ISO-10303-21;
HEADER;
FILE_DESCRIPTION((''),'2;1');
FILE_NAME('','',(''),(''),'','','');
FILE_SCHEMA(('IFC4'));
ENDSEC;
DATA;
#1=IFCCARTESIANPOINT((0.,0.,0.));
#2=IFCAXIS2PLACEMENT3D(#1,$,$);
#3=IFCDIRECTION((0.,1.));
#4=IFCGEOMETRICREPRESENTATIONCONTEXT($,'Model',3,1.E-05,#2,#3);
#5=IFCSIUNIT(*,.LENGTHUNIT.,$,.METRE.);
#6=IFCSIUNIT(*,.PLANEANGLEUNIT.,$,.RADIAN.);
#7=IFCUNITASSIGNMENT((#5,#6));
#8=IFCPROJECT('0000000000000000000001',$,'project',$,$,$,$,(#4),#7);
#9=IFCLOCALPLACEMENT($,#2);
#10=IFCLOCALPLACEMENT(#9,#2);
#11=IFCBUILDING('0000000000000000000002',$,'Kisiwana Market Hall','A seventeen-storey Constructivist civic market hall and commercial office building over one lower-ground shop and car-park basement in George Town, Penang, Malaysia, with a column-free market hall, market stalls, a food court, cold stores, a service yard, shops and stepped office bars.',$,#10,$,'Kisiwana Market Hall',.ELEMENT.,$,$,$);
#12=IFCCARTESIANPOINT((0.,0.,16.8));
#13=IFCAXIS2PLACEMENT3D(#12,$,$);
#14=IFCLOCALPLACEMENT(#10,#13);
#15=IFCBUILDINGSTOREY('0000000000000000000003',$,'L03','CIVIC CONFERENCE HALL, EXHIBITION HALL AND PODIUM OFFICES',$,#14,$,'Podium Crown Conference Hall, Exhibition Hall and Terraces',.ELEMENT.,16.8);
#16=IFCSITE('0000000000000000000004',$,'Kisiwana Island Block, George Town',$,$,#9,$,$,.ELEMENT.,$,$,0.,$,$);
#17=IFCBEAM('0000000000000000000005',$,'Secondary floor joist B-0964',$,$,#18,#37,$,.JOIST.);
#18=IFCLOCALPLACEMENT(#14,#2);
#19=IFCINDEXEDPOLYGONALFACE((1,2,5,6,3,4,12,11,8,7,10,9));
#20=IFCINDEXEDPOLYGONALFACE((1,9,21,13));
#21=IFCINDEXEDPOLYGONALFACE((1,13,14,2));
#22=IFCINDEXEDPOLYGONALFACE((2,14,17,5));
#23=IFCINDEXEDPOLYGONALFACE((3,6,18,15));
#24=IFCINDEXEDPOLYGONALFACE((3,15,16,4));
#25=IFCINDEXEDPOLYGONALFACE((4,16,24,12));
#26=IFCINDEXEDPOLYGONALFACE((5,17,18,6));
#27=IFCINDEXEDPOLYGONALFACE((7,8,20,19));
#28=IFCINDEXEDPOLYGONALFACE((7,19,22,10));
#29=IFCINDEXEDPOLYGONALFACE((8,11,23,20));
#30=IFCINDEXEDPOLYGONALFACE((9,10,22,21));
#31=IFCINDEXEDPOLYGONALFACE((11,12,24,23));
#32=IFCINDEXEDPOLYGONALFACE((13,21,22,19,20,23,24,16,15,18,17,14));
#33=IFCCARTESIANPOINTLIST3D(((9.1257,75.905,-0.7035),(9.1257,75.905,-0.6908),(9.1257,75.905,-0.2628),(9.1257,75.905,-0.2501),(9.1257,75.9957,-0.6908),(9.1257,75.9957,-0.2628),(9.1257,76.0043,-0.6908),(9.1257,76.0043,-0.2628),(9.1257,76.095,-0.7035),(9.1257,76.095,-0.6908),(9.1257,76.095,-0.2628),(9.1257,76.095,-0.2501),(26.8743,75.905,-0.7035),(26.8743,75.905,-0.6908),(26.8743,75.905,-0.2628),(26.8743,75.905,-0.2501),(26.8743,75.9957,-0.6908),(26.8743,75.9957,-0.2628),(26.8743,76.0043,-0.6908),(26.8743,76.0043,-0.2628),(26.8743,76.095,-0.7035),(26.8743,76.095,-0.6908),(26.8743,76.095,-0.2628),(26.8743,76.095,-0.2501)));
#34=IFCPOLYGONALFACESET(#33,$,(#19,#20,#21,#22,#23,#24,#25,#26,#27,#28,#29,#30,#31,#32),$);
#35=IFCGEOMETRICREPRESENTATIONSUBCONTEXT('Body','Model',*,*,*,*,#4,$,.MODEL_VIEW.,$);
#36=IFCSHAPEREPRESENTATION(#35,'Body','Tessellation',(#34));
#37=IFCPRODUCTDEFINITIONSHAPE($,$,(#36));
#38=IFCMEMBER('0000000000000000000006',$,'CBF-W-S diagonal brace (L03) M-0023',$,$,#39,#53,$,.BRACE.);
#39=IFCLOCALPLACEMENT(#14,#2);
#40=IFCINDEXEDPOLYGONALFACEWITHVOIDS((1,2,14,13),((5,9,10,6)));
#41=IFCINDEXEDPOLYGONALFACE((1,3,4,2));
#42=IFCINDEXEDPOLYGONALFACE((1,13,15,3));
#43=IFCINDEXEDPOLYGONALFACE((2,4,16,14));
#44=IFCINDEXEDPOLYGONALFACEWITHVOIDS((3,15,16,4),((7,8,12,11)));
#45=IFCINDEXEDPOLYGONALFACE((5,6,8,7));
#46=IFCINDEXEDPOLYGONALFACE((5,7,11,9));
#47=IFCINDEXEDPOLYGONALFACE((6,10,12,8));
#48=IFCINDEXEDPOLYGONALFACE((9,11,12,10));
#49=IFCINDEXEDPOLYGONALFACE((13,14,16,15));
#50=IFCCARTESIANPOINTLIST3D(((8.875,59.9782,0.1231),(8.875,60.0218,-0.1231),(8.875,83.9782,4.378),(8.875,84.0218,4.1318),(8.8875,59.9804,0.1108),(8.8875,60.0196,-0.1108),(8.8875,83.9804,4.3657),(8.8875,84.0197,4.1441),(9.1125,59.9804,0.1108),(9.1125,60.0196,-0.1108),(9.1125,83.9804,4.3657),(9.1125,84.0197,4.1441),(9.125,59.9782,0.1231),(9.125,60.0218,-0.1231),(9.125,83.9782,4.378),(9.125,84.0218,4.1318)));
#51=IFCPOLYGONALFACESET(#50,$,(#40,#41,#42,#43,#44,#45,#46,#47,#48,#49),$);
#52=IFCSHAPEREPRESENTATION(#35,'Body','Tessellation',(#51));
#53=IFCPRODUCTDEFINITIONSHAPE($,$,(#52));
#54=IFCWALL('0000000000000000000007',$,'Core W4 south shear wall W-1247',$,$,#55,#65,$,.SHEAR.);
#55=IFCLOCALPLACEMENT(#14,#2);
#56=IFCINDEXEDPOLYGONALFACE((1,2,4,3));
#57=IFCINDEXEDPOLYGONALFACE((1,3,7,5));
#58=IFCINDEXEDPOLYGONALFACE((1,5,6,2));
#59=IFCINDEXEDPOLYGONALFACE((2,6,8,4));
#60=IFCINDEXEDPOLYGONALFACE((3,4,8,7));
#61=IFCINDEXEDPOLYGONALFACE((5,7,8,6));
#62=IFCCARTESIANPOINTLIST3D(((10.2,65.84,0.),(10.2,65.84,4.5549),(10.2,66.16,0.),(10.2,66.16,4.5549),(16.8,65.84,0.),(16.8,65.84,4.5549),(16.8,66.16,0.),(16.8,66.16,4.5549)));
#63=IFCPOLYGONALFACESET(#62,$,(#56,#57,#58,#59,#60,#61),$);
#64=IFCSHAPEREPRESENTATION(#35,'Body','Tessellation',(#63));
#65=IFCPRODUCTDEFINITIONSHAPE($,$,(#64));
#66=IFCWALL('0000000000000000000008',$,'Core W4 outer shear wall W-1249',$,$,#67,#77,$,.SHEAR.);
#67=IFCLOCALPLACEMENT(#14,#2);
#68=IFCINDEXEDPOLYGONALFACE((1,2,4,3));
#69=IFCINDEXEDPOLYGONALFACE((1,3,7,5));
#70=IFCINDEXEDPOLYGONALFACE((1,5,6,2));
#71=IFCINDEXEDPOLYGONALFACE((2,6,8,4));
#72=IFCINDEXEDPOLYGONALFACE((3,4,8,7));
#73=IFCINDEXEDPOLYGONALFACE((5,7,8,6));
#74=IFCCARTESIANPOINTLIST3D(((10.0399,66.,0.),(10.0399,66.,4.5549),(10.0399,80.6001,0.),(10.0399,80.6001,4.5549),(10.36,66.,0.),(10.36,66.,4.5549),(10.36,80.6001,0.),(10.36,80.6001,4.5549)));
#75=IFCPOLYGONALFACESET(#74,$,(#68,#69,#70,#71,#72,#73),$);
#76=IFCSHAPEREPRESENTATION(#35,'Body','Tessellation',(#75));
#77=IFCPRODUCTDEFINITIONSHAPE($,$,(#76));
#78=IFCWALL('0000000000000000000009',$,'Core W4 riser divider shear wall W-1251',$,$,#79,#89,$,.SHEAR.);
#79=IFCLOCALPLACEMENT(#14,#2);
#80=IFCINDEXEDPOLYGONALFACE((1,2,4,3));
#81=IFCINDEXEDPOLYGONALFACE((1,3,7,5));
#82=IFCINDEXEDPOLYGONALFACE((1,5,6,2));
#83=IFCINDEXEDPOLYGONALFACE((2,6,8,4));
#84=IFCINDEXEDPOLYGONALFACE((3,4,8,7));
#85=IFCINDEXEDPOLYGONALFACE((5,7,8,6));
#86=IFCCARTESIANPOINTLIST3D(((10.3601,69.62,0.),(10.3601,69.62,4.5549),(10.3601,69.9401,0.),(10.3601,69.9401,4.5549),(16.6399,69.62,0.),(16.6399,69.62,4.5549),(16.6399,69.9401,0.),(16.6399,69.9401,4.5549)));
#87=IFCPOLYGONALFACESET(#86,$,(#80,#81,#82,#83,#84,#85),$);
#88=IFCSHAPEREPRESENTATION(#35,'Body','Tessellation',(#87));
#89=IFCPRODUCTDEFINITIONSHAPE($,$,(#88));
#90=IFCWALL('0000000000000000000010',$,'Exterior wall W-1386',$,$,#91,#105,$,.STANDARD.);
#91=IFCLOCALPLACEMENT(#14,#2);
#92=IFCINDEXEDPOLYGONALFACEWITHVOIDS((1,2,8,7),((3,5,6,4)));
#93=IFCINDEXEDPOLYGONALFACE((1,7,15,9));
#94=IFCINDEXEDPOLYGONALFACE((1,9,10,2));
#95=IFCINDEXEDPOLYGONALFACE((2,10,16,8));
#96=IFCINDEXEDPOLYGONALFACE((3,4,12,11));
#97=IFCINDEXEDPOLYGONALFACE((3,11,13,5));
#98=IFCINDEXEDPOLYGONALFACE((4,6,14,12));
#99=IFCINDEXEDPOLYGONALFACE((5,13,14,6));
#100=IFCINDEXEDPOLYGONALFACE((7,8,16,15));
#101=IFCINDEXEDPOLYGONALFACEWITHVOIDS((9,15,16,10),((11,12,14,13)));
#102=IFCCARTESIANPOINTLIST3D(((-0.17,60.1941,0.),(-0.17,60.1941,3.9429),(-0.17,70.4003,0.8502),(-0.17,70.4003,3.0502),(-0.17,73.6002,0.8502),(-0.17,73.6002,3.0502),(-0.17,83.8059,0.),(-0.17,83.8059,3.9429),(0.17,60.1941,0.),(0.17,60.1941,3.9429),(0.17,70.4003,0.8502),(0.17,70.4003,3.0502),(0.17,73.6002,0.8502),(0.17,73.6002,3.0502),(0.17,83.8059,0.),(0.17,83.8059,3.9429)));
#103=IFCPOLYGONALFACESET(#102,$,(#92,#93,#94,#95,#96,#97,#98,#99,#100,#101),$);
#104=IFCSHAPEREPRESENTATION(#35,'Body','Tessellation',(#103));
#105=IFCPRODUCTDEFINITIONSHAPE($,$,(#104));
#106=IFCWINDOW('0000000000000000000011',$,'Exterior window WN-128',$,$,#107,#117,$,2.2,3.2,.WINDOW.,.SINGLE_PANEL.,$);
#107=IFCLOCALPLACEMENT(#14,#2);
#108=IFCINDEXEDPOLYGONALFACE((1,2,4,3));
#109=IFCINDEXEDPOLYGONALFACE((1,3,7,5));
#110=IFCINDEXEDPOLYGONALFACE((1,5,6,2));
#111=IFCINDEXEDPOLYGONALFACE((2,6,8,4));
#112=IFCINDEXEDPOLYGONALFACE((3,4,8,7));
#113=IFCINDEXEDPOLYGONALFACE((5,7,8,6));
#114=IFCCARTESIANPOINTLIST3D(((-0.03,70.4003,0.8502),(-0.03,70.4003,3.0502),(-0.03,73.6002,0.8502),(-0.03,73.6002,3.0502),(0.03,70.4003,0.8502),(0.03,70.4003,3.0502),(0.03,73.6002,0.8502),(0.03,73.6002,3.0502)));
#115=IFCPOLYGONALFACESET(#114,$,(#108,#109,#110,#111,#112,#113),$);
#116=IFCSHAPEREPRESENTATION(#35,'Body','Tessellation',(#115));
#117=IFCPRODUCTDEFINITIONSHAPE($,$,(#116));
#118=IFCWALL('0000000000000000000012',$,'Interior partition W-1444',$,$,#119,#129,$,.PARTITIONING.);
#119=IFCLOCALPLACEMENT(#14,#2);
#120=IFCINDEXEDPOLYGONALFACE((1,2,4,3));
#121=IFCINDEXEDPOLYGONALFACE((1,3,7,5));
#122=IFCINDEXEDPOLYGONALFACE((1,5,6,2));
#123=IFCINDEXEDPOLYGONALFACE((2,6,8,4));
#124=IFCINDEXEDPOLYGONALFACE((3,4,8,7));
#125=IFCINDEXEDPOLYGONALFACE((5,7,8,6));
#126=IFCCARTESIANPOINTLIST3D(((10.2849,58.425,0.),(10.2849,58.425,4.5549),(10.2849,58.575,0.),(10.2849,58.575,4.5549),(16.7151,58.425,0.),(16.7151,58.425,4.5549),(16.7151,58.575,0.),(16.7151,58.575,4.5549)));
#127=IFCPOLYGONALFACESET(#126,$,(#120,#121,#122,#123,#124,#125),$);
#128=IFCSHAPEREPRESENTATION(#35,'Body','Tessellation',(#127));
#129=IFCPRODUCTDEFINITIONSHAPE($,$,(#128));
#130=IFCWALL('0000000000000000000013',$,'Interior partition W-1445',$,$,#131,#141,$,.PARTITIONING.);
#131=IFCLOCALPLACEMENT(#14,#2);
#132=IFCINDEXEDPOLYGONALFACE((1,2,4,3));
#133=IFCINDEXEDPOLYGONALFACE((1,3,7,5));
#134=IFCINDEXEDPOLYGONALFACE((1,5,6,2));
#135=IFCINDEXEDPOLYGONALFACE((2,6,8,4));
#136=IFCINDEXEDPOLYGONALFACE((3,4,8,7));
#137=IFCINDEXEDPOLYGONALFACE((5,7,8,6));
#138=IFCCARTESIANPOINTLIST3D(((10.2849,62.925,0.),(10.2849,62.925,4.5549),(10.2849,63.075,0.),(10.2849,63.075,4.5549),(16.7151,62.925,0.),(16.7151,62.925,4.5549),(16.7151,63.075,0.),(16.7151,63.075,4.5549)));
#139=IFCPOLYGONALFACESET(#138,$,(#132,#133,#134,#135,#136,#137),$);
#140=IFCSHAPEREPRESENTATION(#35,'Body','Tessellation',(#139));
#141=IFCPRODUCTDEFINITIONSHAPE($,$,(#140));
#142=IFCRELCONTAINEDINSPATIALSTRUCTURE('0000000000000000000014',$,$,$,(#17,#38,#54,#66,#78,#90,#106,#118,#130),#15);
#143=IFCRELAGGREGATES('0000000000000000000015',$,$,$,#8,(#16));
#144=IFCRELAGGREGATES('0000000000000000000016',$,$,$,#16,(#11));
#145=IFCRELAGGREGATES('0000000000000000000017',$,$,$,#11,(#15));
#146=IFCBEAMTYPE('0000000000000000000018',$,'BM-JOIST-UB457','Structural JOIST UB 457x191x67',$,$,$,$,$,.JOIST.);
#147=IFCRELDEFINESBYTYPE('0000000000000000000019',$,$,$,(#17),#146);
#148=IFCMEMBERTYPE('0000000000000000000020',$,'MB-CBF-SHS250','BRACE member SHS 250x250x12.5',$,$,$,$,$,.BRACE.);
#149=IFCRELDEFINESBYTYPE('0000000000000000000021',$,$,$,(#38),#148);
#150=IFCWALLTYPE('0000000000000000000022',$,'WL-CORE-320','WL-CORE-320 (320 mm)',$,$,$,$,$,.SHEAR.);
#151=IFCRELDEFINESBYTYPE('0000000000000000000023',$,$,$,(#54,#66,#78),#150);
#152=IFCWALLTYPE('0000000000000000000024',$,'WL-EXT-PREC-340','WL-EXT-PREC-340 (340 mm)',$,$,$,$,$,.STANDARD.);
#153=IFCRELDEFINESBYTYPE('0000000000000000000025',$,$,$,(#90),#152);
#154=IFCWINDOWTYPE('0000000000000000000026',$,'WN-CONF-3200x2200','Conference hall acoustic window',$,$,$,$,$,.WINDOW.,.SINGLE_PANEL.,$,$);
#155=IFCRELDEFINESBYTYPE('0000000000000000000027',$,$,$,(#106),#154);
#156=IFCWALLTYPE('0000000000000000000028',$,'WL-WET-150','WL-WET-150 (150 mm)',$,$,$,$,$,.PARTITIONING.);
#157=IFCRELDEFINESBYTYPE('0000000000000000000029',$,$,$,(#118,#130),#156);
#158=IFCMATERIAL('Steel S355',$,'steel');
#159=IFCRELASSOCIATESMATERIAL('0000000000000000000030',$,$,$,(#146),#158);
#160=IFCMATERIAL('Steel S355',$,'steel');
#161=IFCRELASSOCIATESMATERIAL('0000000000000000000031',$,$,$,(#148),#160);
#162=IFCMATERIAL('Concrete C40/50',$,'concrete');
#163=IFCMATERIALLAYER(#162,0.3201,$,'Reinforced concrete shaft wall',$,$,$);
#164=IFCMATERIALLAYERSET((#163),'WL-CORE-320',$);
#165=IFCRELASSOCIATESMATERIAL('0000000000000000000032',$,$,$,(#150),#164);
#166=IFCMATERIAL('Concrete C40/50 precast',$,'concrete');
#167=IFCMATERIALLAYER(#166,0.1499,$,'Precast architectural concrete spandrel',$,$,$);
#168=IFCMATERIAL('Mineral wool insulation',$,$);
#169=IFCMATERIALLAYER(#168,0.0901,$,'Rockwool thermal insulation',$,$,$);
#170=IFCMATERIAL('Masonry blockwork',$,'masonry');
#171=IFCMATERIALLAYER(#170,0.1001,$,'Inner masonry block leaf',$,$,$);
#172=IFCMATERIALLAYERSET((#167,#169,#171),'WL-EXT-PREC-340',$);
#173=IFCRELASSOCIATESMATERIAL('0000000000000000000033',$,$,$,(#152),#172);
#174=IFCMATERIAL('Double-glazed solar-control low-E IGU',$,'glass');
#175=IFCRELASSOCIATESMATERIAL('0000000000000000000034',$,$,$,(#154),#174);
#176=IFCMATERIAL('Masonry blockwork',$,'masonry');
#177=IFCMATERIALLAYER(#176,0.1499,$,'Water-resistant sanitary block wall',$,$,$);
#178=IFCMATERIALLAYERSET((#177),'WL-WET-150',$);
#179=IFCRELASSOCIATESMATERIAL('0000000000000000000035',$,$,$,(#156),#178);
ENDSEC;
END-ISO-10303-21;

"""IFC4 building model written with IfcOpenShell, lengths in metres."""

from ifc_helpers import new_model, si_unit, direction, frame, frame_2d, origin, origin_2d, place, context, subcontext, project, spatial, rectangle, hollow_rectangle, i_section, extrude, material, layer, layer_set, material_profile, profile_set, type_object, element, fill, save


model = new_model("IFC4")

# Units and contexts
model_context = context("Model", 3, precision=1e-05, world=origin(), true_north=direction((0.0, 1.0)))
body_context = subcontext(model_context, "Body", "Model", "MODEL_VIEW")
ifc_project = project(units=[si_unit("LENGTHUNIT", "METRE"), si_unit("PLANEANGLEUNIT", "RADIAN")], contexts=[model_context])

# Site, building, storey
site_placement = place(None, origin())
site = spatial("IfcSite", under=ifc_project, at=site_placement, Name="Kisiwana Island Block, George Town", CompositionType="ELEMENT", RefElevation=0.0)
building_placement = place(site_placement, origin())
building = spatial("IfcBuilding", under=site, at=building_placement, Name="Kisiwana Market Hall", Description="A seventeen-storey Constructivist civic market hall and commercial office building over one lower-ground shop and car-park basement in George Town, Penang, Malaysia, with a column-free market hall, market stalls, a food court, cold stores, a service yard, shops and stepped office bars.", LongName="Kisiwana Market Hall", CompositionType="ELEMENT")
storey_placement = place(building_placement, frame((0.0, 0.0, 16.8)))
storey = spatial("IfcBuildingStorey", under=building, at=storey_placement, Name="L03", Description="CIVIC CONFERENCE HALL, EXHIBITION HALL AND PODIUM OFFICES", LongName="Podium Crown Conference Hall, Exhibition Hall and Terraces", CompositionType="ELEMENT", Elevation=16.8)

# Beam
ifc_material_1 = material(Name="Steel S355", Category="steel")
ifc_material_profile_1 = material_profile(ifc_material_1, i_section(OverallWidth=0.1899, OverallDepth=0.4534, WebThickness=0.0085, FlangeThickness=0.0127, at=origin_2d()), Name="UB 457x191x67")
ifc_profile_set_1 = profile_set([ifc_material_profile_1], Name="Steel S355")
beam_type_1 = type_object("IfcBeamType", Name="BM-JOIST-UB457", Description="Structural JOIST UB 457x191x67", PredefinedType="JOIST", material=ifc_profile_set_1)
for number, where, z_axis, x_axis, name in (
    (1, (9.1257, 76.0, -0.4768), (1.0, 0.0, 0.0), (0.0, 1.0, 0.0), "Secondary floor joist B-0964"),
):
    element("IfcBeam", number, at=place(storey_placement, frame(where, z_axis=z_axis, x_axis=x_axis)), inside=storey, type_object=beam_type_1, Name=name, PredefinedType="JOIST", context=body_context, shape_type="SweptSolid", body=[
        extrude(i_section(OverallWidth=0.1899, OverallDepth=0.4534, WebThickness=0.0085, FlangeThickness=0.0127, at=origin_2d()), origin(), (0.0, 0.0, 1.0), 17.7485),
    ])

# Member
ifc_material_2 = material(Name="Steel S355", Category="steel")
ifc_material_profile_2 = material_profile(ifc_material_2, hollow_rectangle(XDim=0.25, YDim=0.25, WallThickness=0.0125, at=origin_2d()), Name="SHS 250x250x12.5")
ifc_profile_set_2 = profile_set([ifc_material_profile_2], Name="Steel S355")
member_type = type_object("IfcMemberType", Name="MB-CBF-SHS250", Description="BRACE member SHS 250x250x12.5", PredefinedType="BRACE", material=ifc_profile_set_2)
member_placement = place(storey_placement, frame((9.0, 60.0, 0.0), z_axis=(0.0, 0.984646, 0.174565), x_axis=(-1.0, 0.0, 0.0)))
element("IfcMember", 2, at=member_placement, inside=storey, type_object=member_type, Name="CBF-W-S diagonal brace (L03) M-0023", PredefinedType="BRACE", context=body_context, shape_type="SweptSolid", body=[
    extrude(hollow_rectangle(XDim=0.25, YDim=0.25, WallThickness=0.0125, at=origin_2d()), origin(), (0.0, 0.0, 1.0), 24.3743),
])

# Walls
ifc_material_3 = material(Name="Concrete C40/50", Category="concrete")
ifc_layer_1 = layer(ifc_material_3, 0.3201, Name="Reinforced concrete shaft wall")
ifc_layer_set_1 = layer_set([ifc_layer_1], Name="WL-CORE-320")
wall_type_1 = type_object("IfcWallType", Name="WL-CORE-320", Description="WL-CORE-320 (320 mm)", PredefinedType="SHEAR", material=ifc_layer_set_1)
wall_1_placement = place(storey_placement, frame((10.2, 66.0, 0.0), z_axis=(0.0, 0.0, 1.0), x_axis=(1.0, 0.0, 0.0)))
element("IfcWall", 3, at=wall_1_placement, inside=storey, type_object=wall_type_1, Name="Core W4 south shear wall W-1247", PredefinedType="SHEAR", context=body_context, shape_type="SweptSolid", body=[
    extrude(rectangle(XDim=6.6001, YDim=0.3201, at=frame_2d((3.3, 0.0))), origin(), (0.0, 0.0, 1.0), 4.5549),
])
wall_2_placement = place(storey_placement, frame((10.2, 66.0, 0.0), z_axis=(0.0, 0.0, 1.0), x_axis=(0.0, 1.0, 0.0)))
element("IfcWall", 4, at=wall_2_placement, inside=storey, type_object=wall_type_1, Name="Core W4 outer shear wall W-1249", PredefinedType="SHEAR", context=body_context, shape_type="SweptSolid", body=[
    extrude(rectangle(XDim=14.6001, YDim=0.3201, at=frame_2d((7.3, 0.0))), origin(), (0.0, 0.0, 1.0), 4.5549),
])
wall_3_placement = place(storey_placement, frame((10.3601, 69.78, 0.0), z_axis=(0.0, 0.0, 1.0), x_axis=(1.0, 0.0, 0.0)))
element("IfcWall", 5, at=wall_3_placement, inside=storey, type_object=wall_type_1, Name="Core W4 riser divider shear wall W-1251", PredefinedType="SHEAR", context=body_context, shape_type="SweptSolid", body=[
    extrude(rectangle(XDim=6.2798, YDim=0.3201, at=frame_2d((3.1399, 0.0))), origin(), (0.0, 0.0, 1.0), 4.5549),
])

# Wall, opening, window
ifc_material_4 = material(Name="Concrete C40/50 precast", Category="concrete")
ifc_layer_2 = layer(ifc_material_4, 0.1499, Name="Precast architectural concrete spandrel")
ifc_material_5 = material(Name="Mineral wool insulation")
ifc_layer_3 = layer(ifc_material_5, 0.0901, Name="Rockwool thermal insulation")
ifc_material_6 = material(Name="Masonry blockwork", Category="masonry")
ifc_layer_4 = layer(ifc_material_6, 0.1001, Name="Inner masonry block leaf")
ifc_layer_set_2 = layer_set([ifc_layer_2, ifc_layer_3, ifc_layer_4], Name="WL-EXT-PREC-340")
wall_type_2 = type_object("IfcWallType", Name="WL-EXT-PREC-340", Description="WL-EXT-PREC-340 (340 mm)", PredefinedType="STANDARD", material=ifc_layer_set_2)
wall_4_placement = place(storey_placement, frame((0.0, 60.1941, 0.0), z_axis=(0.0, 0.0, 1.0), x_axis=(0.0, 1.0, 0.0)))
wall_4 = element("IfcWall", 6, at=wall_4_placement, inside=storey, type_object=wall_type_2, Name="Exterior wall W-1386", PredefinedType="STANDARD", context=body_context, shape_type="SweptSolid", body=[
    extrude(rectangle(XDim=23.6118, YDim=0.3401, at=frame_2d((11.8059, 0.0))), origin(), (0.0, 0.0, 1.0), 3.9429),
])
opening_placement = place(wall_4_placement, frame((10.2061, 0.0, 0.8501)))
opening = element("IfcOpeningElement", 7, at=opening_placement, cuts=wall_4, PredefinedType="OPENING", context=body_context, shape_type="SweptSolid", body=[
    extrude(rectangle(XDim=3.2, YDim=2.2, at=frame_2d((1.6001, 1.1001))), frame((0.0, 0.1821, 0.0), z_axis=(0.0, -1.0, 0.0), x_axis=(1.0, 0.0, 0.0)), (0.0, 0.0, 1.0), 0.364),
])
ifc_material_7 = material(Name="Double-glazed solar-control low-E IGU", Category="glass")
window_type = type_object("IfcWindowType", Name="WN-CONF-3200x2200", Description="Conference hall acoustic window", PartitioningType="SINGLE_PANEL", PredefinedType="WINDOW", material=ifc_material_7)
window_placement = place(opening_placement, origin())
window = element("IfcWindow", 8, at=window_placement, inside=storey, type_object=window_type, Name="Exterior window WN-128", OverallHeight=2.2, OverallWidth=3.2, PartitioningType="SINGLE_PANEL", PredefinedType="WINDOW", context=body_context, shape_type="SweptSolid", body=[
    extrude(rectangle(XDim=3.2, YDim=2.2, at=frame_2d((1.6001, 1.1001))), frame((0.0, 0.03, 0.0), z_axis=(0.0, -1.0, 0.0), x_axis=(1.0, 0.0, 0.0)), (0.0, 0.0, 1.0), 0.0601),
])
fill(opening, window)

# Walls
ifc_material_8 = material(Name="Masonry blockwork", Category="masonry")
ifc_layer_5 = layer(ifc_material_8, 0.1499, Name="Water-resistant sanitary block wall")
ifc_layer_set_3 = layer_set([ifc_layer_5], Name="WL-WET-150")
wall_type_3 = type_object("IfcWallType", Name="WL-WET-150", Description="WL-WET-150 (150 mm)", PredefinedType="PARTITIONING", material=ifc_layer_set_3)
for number, where, z_axis, x_axis, name in (
    (9, (10.2849, 58.5, 0.0), (0.0, 0.0, 1.0), (1.0, 0.0, 0.0), "Interior partition W-1444"),
    (10, (10.2849, 63.0, 0.0), (0.0, 0.0, 1.0), (1.0, 0.0, 0.0), "Interior partition W-1445"),
):
    element("IfcWall", number, at=place(storey_placement, frame(where, z_axis=z_axis, x_axis=x_axis)), inside=storey, type_object=wall_type_3, Name=name, PredefinedType="PARTITIONING", context=body_context, shape_type="SweptSolid", body=[
        extrude(rectangle(XDim=6.4302, YDim=0.1499, at=frame_2d((3.2151, 0.0))), origin(), (0.0, 0.0, 1.0), 4.5549),
    ])

save(model, "model.ifc")
